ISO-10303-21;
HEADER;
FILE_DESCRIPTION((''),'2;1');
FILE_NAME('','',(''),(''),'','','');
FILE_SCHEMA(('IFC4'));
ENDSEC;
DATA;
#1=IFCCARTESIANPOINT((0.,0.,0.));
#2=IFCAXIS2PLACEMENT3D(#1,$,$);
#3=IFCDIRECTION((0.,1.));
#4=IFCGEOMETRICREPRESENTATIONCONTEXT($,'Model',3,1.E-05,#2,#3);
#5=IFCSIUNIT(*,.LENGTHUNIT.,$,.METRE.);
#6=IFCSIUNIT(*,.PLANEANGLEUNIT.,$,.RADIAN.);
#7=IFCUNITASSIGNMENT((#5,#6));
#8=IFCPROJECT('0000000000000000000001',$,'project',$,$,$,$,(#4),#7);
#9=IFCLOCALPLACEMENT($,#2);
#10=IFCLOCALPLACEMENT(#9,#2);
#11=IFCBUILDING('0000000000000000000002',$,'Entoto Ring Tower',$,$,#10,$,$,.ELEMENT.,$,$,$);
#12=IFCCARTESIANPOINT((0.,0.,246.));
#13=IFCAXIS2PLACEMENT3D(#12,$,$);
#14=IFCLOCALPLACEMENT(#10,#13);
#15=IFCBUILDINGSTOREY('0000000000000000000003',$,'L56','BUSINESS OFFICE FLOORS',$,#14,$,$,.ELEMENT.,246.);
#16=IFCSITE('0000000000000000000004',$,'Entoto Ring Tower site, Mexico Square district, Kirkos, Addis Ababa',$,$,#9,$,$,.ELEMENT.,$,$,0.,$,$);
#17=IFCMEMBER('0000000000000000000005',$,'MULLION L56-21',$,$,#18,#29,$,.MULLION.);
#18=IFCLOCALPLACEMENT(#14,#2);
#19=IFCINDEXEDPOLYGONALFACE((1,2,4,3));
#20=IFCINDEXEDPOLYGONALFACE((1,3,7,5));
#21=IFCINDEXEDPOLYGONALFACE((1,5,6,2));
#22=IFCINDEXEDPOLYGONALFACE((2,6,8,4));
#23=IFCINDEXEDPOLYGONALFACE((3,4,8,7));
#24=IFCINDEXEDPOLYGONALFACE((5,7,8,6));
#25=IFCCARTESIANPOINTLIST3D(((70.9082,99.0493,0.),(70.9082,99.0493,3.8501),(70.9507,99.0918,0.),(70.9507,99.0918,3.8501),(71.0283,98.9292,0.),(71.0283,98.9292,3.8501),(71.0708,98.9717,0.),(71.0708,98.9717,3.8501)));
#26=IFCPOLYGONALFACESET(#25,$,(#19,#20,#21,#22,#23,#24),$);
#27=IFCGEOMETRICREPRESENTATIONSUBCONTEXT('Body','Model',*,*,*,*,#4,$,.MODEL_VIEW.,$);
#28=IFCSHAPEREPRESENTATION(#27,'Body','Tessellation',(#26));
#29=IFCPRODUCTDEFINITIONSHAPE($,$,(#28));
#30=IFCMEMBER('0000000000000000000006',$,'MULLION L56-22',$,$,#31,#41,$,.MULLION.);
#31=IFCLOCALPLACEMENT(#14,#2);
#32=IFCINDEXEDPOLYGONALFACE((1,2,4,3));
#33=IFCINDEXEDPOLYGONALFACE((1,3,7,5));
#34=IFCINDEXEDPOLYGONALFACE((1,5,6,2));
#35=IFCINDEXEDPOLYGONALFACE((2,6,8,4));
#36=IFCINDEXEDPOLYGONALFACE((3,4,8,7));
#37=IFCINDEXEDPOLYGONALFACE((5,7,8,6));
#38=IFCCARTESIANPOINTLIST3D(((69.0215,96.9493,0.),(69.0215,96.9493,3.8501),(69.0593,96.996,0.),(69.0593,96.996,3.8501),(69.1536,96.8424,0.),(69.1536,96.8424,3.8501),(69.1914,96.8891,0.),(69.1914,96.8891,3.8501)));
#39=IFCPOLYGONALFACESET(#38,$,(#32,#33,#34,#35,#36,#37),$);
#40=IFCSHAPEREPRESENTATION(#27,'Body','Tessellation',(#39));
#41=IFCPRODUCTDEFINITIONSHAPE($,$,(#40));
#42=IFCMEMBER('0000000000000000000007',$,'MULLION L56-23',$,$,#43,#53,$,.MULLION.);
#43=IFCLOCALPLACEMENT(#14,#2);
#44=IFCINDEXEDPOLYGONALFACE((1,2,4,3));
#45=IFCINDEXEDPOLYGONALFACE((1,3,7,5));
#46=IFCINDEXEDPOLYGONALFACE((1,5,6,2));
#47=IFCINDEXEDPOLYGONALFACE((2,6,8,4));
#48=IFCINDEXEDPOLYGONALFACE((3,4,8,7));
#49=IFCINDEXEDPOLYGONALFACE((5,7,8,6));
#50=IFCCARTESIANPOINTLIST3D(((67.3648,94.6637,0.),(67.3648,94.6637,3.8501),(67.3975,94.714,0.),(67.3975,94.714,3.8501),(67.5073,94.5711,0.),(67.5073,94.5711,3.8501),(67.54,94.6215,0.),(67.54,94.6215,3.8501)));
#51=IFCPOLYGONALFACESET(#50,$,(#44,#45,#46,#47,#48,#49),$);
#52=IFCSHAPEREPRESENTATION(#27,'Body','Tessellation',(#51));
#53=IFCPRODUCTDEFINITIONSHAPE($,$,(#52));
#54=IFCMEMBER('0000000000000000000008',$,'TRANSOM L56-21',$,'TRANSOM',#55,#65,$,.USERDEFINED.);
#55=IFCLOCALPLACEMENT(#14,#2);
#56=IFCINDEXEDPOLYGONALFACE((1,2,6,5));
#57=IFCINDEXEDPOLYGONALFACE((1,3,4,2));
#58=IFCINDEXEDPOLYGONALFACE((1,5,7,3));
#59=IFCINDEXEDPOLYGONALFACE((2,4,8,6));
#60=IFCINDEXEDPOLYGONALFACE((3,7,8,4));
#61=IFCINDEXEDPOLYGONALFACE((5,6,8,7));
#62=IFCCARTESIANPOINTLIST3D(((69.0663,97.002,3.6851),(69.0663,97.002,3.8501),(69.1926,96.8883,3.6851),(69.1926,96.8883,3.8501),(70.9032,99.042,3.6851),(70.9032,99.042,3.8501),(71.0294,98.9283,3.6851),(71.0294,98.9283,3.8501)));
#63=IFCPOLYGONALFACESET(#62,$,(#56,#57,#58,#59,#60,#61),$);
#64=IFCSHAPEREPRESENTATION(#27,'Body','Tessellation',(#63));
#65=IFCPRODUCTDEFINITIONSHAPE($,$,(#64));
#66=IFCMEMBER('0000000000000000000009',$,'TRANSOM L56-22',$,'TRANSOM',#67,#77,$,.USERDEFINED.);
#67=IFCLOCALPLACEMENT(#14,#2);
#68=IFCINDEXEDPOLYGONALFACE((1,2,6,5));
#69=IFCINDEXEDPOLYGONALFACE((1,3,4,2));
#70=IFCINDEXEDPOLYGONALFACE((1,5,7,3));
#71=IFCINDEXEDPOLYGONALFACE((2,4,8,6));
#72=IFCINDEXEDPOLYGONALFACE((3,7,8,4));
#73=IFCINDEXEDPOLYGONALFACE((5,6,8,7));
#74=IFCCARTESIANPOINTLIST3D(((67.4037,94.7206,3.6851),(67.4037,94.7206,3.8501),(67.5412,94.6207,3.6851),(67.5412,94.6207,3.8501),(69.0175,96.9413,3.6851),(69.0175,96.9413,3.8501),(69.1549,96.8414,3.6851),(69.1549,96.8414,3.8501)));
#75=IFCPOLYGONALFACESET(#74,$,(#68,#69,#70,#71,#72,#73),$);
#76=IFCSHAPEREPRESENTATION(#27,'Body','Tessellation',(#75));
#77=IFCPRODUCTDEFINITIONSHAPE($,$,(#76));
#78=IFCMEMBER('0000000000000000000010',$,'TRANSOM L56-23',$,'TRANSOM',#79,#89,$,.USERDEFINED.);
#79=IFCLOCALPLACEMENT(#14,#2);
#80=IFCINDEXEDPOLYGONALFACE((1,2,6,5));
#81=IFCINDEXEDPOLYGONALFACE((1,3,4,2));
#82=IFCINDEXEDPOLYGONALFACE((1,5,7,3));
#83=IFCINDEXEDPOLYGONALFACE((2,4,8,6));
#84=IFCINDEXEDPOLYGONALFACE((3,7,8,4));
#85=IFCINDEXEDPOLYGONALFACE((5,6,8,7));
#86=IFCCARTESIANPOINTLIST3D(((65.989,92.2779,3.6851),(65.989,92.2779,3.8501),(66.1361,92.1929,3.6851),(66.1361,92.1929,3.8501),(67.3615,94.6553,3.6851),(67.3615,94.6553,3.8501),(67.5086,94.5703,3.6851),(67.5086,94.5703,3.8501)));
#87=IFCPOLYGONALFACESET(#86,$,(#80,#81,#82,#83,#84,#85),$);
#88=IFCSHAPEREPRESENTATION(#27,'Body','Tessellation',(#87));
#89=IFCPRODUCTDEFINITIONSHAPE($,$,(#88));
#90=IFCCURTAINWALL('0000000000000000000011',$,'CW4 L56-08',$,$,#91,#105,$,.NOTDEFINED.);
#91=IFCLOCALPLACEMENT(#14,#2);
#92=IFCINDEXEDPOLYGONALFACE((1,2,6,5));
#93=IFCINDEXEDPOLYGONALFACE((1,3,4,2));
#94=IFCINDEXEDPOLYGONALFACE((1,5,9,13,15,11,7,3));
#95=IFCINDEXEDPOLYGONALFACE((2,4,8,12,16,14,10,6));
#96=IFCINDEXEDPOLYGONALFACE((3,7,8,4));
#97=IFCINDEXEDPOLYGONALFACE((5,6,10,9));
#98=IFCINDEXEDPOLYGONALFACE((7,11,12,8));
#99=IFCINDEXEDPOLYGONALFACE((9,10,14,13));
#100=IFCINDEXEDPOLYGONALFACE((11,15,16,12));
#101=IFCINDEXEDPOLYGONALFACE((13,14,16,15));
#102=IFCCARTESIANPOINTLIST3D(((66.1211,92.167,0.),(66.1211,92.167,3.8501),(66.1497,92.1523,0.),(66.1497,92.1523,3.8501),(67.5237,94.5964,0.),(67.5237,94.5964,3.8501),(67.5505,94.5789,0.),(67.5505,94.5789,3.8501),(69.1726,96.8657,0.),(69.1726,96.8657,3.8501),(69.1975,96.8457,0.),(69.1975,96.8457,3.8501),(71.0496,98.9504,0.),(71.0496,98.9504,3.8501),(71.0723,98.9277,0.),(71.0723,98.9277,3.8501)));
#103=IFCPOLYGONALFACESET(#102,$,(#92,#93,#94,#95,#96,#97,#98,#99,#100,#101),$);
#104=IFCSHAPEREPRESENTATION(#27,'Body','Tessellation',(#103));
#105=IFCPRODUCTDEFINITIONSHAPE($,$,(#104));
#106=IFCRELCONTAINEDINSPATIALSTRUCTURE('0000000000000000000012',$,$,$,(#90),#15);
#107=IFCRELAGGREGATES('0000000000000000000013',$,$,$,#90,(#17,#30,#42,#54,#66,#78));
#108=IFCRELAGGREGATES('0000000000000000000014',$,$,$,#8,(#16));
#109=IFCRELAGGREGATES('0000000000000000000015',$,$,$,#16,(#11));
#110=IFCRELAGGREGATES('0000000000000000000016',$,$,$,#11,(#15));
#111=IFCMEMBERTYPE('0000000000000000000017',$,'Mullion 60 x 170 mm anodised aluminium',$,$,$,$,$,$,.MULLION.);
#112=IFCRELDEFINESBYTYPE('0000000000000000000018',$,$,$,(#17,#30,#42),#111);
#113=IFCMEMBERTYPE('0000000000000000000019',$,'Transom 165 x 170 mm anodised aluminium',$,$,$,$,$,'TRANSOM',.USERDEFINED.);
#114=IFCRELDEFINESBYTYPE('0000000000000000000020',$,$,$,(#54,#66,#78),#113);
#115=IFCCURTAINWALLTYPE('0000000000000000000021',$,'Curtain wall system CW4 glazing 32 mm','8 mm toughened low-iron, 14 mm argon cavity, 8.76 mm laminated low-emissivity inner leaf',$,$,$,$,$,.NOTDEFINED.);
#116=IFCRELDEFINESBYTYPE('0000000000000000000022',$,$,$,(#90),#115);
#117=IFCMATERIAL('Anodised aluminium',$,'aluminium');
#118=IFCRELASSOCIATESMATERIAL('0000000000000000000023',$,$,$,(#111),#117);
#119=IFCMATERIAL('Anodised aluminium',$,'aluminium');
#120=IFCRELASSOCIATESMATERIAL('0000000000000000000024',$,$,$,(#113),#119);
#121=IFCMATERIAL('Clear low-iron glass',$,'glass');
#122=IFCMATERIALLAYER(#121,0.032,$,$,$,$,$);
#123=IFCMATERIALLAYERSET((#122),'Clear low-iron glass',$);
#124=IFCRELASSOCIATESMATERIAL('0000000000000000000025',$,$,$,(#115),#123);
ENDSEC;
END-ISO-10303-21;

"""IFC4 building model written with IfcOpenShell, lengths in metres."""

from ifc_helpers import new_model, si_unit, direction, frame, origin, origin_2d, place, context, subcontext, project, spatial, polyline, rectangle, outline, extrude, material, layer, layer_set, material_profile, profile_set, type_object, element, aggregate, save


model = new_model("IFC4")

# Units and contexts
model_context = context("Model", 3, precision=1e-05, world=origin(), true_north=direction((0.0, 1.0)))
body_context = subcontext(model_context, "Body", "Model", "MODEL_VIEW")
ifc_project = project(units=[si_unit("LENGTHUNIT", "METRE"), si_unit("PLANEANGLEUNIT", "RADIAN")], contexts=[model_context])

# Members
ifc_material_1 = material(Name="Anodised aluminium", Category="aluminium")
ifc_material_profile_1 = material_profile(ifc_material_1, rectangle(XDim=0.0601, YDim=0.1699, at=origin_2d()), Name="Mullion 60 x 170 mm anodised aluminium")
ifc_profile_set_1 = profile_set([ifc_material_profile_1], Name="Anodised aluminium")
member_type_1 = type_object("IfcMemberType", Name="Mullion 60 x 170 mm anodised aluminium", PredefinedType="MULLION", material=ifc_profile_set_1)
site_placement = place(None, origin())
building_placement = place(site_placement, origin())
storey_placement = place(building_placement, frame((0.0, 0.0, 246.0)))
member_1_placement = place(storey_placement, frame((70.9895, 99.0105, 0.0), z_axis=(0.0, 0.0, 1.0), x_axis=(-0.707107, -0.707107, 0.0)))
member_1 = element("IfcMember", 1, at=member_1_placement, type_object=member_type_1, Name="MULLION L56-21", PredefinedType="MULLION", context=body_context, shape_type="SweptSolid", body=[
    extrude(rectangle(XDim=0.0601, YDim=0.1699, at=origin_2d()), origin(), (0.0, 0.0, 1.0), 3.8501),
])
member_2_placement = place(storey_placement, frame((69.1064, 96.9192, 0.0), z_axis=(0.0, 0.0, 1.0), x_axis=(-0.62932, -0.777146, 0.0)))
member_2 = element("IfcMember", 2, at=member_2_placement, type_object=member_type_1, Name="MULLION L56-22", PredefinedType="MULLION", context=body_context, shape_type="SweptSolid", body=[
    extrude(rectangle(XDim=0.0601, YDim=0.1699, at=origin_2d()), origin(), (0.0, 0.0, 1.0), 3.8501),
])
member_3_placement = place(storey_placement, frame((67.4524, 94.6426, 0.0), z_axis=(0.0, 0.0, 1.0), x_axis=(-0.544639, -0.838671, 0.0)))
member_3 = element("IfcMember", 3, at=member_3_placement, type_object=member_type_1, Name="MULLION L56-23", PredefinedType="MULLION", context=body_context, shape_type="SweptSolid", body=[
    extrude(rectangle(XDim=0.0601, YDim=0.1699, at=origin_2d()), origin(), (0.0, 0.0, 1.0), 3.8501),
])
ifc_material_2 = material(Name="Anodised aluminium", Category="aluminium")
ifc_material_profile_2 = material_profile(ifc_material_2, rectangle(XDim=0.1699, YDim=0.165, at=origin_2d()), Name="Transom 165 x 170 mm anodised aluminium")
ifc_profile_set_2 = profile_set([ifc_material_profile_2], Name="Anodised aluminium")
member_type_2 = type_object("IfcMemberType", Name="Transom 165 x 170 mm anodised aluminium", ElementType="TRANSOM", PredefinedType="USERDEFINED", material=ifc_profile_set_2)
member_4_placement = place(storey_placement, frame((70.9663, 98.9851, 3.7676), z_axis=(-0.669142, -0.743135, 0.0), x_axis=(0.743135, -0.669142, 0.0)))
member_4 = element("IfcMember", 4, at=member_4_placement, type_object=member_type_2, Name="TRANSOM L56-21", ObjectType="TRANSOM", PredefinedType="USERDEFINED", context=body_context, shape_type="SweptSolid", body=[
    extrude(rectangle(XDim=0.1699, YDim=0.165, at=origin_2d()), origin(), (0.0, 0.0, 1.0), 2.7451),
])
member_5_placement = place(storey_placement, frame((69.0862, 96.8914, 3.7676), z_axis=(-0.587865, -0.808959, 0.0), x_axis=(0.808959, -0.587865, 0.0)))
member_5 = element("IfcMember", 5, at=member_5_placement, type_object=member_type_2, Name="TRANSOM L56-22", ObjectType="TRANSOM", PredefinedType="USERDEFINED", context=body_context, shape_type="SweptSolid", body=[
    extrude(rectangle(XDim=0.1699, YDim=0.165, at=origin_2d()), origin(), (0.0, 0.0, 1.0), 2.7451),
])
member_6_placement = place(storey_placement, frame((67.4351, 94.6128, 3.7676), z_axis=(-0.499984, -0.866035, 0.0), x_axis=(0.866035, -0.499984, 0.0)))
member_6 = element("IfcMember", 6, at=member_6_placement, type_object=member_type_2, Name="TRANSOM L56-23", ObjectType="TRANSOM", PredefinedType="USERDEFINED", context=body_context, shape_type="SweptSolid", body=[
    extrude(rectangle(XDim=0.1699, YDim=0.165, at=origin_2d()), origin(), (0.0, 0.0, 1.0), 2.7451),
])

# Site, building, storey
site = spatial("IfcSite", under=ifc_project, at=site_placement, Name="Entoto Ring Tower site, Mexico Square district, Kirkos, Addis Ababa", CompositionType="ELEMENT", RefElevation=0.0)
building = spatial("IfcBuilding", under=site, at=building_placement, Name="Entoto Ring Tower", CompositionType="ELEMENT")
storey = spatial("IfcBuildingStorey", under=building, at=storey_placement, Name="L56", Description="BUSINESS OFFICE FLOORS", CompositionType="ELEMENT", Elevation=246.0)

# Curtain wall
ifc_material_3 = material(Name="Clear low-iron glass", Category="glass")
ifc_layer = layer(ifc_material_3, 0.032)
ifc_layer_set = layer_set([ifc_layer], Name="Clear low-iron glass")
curtain_wall_type = type_object("IfcCurtainWallType", Name="Curtain wall system CW4 glazing 32 mm", Description="8 mm toughened low-iron, 14 mm argon cavity, 8.76 mm laminated low-emissivity inner leaf", PredefinedType="NOTDEFINED", material=ifc_layer_set)
curtain_wall_1_placement = place(storey_placement, origin())
curtain_wall_1 = element("IfcCurtainWall", 7, at=curtain_wall_1_placement, inside=storey, type_object=curtain_wall_type, Name="CW4 L56-08", PredefinedType="NOTDEFINED", context=body_context, shape_type="SweptSolid", body=[
    extrude(outline(polyline([(71.0496, 98.9504), (69.1726, 96.8657), (67.5237, 94.5964), (66.1211, 92.167), (66.1497, 92.1523), (67.5505, 94.5789), (69.1975, 96.8457), (71.0723, 98.9277), (71.0496, 98.9504)])), origin(), (0.0, 0.0, 1.0), 3.8501),
])
aggregate(curtain_wall_1, [member_1, member_2, member_3, member_4, member_5, member_6])

save(model, "model.ifc")
